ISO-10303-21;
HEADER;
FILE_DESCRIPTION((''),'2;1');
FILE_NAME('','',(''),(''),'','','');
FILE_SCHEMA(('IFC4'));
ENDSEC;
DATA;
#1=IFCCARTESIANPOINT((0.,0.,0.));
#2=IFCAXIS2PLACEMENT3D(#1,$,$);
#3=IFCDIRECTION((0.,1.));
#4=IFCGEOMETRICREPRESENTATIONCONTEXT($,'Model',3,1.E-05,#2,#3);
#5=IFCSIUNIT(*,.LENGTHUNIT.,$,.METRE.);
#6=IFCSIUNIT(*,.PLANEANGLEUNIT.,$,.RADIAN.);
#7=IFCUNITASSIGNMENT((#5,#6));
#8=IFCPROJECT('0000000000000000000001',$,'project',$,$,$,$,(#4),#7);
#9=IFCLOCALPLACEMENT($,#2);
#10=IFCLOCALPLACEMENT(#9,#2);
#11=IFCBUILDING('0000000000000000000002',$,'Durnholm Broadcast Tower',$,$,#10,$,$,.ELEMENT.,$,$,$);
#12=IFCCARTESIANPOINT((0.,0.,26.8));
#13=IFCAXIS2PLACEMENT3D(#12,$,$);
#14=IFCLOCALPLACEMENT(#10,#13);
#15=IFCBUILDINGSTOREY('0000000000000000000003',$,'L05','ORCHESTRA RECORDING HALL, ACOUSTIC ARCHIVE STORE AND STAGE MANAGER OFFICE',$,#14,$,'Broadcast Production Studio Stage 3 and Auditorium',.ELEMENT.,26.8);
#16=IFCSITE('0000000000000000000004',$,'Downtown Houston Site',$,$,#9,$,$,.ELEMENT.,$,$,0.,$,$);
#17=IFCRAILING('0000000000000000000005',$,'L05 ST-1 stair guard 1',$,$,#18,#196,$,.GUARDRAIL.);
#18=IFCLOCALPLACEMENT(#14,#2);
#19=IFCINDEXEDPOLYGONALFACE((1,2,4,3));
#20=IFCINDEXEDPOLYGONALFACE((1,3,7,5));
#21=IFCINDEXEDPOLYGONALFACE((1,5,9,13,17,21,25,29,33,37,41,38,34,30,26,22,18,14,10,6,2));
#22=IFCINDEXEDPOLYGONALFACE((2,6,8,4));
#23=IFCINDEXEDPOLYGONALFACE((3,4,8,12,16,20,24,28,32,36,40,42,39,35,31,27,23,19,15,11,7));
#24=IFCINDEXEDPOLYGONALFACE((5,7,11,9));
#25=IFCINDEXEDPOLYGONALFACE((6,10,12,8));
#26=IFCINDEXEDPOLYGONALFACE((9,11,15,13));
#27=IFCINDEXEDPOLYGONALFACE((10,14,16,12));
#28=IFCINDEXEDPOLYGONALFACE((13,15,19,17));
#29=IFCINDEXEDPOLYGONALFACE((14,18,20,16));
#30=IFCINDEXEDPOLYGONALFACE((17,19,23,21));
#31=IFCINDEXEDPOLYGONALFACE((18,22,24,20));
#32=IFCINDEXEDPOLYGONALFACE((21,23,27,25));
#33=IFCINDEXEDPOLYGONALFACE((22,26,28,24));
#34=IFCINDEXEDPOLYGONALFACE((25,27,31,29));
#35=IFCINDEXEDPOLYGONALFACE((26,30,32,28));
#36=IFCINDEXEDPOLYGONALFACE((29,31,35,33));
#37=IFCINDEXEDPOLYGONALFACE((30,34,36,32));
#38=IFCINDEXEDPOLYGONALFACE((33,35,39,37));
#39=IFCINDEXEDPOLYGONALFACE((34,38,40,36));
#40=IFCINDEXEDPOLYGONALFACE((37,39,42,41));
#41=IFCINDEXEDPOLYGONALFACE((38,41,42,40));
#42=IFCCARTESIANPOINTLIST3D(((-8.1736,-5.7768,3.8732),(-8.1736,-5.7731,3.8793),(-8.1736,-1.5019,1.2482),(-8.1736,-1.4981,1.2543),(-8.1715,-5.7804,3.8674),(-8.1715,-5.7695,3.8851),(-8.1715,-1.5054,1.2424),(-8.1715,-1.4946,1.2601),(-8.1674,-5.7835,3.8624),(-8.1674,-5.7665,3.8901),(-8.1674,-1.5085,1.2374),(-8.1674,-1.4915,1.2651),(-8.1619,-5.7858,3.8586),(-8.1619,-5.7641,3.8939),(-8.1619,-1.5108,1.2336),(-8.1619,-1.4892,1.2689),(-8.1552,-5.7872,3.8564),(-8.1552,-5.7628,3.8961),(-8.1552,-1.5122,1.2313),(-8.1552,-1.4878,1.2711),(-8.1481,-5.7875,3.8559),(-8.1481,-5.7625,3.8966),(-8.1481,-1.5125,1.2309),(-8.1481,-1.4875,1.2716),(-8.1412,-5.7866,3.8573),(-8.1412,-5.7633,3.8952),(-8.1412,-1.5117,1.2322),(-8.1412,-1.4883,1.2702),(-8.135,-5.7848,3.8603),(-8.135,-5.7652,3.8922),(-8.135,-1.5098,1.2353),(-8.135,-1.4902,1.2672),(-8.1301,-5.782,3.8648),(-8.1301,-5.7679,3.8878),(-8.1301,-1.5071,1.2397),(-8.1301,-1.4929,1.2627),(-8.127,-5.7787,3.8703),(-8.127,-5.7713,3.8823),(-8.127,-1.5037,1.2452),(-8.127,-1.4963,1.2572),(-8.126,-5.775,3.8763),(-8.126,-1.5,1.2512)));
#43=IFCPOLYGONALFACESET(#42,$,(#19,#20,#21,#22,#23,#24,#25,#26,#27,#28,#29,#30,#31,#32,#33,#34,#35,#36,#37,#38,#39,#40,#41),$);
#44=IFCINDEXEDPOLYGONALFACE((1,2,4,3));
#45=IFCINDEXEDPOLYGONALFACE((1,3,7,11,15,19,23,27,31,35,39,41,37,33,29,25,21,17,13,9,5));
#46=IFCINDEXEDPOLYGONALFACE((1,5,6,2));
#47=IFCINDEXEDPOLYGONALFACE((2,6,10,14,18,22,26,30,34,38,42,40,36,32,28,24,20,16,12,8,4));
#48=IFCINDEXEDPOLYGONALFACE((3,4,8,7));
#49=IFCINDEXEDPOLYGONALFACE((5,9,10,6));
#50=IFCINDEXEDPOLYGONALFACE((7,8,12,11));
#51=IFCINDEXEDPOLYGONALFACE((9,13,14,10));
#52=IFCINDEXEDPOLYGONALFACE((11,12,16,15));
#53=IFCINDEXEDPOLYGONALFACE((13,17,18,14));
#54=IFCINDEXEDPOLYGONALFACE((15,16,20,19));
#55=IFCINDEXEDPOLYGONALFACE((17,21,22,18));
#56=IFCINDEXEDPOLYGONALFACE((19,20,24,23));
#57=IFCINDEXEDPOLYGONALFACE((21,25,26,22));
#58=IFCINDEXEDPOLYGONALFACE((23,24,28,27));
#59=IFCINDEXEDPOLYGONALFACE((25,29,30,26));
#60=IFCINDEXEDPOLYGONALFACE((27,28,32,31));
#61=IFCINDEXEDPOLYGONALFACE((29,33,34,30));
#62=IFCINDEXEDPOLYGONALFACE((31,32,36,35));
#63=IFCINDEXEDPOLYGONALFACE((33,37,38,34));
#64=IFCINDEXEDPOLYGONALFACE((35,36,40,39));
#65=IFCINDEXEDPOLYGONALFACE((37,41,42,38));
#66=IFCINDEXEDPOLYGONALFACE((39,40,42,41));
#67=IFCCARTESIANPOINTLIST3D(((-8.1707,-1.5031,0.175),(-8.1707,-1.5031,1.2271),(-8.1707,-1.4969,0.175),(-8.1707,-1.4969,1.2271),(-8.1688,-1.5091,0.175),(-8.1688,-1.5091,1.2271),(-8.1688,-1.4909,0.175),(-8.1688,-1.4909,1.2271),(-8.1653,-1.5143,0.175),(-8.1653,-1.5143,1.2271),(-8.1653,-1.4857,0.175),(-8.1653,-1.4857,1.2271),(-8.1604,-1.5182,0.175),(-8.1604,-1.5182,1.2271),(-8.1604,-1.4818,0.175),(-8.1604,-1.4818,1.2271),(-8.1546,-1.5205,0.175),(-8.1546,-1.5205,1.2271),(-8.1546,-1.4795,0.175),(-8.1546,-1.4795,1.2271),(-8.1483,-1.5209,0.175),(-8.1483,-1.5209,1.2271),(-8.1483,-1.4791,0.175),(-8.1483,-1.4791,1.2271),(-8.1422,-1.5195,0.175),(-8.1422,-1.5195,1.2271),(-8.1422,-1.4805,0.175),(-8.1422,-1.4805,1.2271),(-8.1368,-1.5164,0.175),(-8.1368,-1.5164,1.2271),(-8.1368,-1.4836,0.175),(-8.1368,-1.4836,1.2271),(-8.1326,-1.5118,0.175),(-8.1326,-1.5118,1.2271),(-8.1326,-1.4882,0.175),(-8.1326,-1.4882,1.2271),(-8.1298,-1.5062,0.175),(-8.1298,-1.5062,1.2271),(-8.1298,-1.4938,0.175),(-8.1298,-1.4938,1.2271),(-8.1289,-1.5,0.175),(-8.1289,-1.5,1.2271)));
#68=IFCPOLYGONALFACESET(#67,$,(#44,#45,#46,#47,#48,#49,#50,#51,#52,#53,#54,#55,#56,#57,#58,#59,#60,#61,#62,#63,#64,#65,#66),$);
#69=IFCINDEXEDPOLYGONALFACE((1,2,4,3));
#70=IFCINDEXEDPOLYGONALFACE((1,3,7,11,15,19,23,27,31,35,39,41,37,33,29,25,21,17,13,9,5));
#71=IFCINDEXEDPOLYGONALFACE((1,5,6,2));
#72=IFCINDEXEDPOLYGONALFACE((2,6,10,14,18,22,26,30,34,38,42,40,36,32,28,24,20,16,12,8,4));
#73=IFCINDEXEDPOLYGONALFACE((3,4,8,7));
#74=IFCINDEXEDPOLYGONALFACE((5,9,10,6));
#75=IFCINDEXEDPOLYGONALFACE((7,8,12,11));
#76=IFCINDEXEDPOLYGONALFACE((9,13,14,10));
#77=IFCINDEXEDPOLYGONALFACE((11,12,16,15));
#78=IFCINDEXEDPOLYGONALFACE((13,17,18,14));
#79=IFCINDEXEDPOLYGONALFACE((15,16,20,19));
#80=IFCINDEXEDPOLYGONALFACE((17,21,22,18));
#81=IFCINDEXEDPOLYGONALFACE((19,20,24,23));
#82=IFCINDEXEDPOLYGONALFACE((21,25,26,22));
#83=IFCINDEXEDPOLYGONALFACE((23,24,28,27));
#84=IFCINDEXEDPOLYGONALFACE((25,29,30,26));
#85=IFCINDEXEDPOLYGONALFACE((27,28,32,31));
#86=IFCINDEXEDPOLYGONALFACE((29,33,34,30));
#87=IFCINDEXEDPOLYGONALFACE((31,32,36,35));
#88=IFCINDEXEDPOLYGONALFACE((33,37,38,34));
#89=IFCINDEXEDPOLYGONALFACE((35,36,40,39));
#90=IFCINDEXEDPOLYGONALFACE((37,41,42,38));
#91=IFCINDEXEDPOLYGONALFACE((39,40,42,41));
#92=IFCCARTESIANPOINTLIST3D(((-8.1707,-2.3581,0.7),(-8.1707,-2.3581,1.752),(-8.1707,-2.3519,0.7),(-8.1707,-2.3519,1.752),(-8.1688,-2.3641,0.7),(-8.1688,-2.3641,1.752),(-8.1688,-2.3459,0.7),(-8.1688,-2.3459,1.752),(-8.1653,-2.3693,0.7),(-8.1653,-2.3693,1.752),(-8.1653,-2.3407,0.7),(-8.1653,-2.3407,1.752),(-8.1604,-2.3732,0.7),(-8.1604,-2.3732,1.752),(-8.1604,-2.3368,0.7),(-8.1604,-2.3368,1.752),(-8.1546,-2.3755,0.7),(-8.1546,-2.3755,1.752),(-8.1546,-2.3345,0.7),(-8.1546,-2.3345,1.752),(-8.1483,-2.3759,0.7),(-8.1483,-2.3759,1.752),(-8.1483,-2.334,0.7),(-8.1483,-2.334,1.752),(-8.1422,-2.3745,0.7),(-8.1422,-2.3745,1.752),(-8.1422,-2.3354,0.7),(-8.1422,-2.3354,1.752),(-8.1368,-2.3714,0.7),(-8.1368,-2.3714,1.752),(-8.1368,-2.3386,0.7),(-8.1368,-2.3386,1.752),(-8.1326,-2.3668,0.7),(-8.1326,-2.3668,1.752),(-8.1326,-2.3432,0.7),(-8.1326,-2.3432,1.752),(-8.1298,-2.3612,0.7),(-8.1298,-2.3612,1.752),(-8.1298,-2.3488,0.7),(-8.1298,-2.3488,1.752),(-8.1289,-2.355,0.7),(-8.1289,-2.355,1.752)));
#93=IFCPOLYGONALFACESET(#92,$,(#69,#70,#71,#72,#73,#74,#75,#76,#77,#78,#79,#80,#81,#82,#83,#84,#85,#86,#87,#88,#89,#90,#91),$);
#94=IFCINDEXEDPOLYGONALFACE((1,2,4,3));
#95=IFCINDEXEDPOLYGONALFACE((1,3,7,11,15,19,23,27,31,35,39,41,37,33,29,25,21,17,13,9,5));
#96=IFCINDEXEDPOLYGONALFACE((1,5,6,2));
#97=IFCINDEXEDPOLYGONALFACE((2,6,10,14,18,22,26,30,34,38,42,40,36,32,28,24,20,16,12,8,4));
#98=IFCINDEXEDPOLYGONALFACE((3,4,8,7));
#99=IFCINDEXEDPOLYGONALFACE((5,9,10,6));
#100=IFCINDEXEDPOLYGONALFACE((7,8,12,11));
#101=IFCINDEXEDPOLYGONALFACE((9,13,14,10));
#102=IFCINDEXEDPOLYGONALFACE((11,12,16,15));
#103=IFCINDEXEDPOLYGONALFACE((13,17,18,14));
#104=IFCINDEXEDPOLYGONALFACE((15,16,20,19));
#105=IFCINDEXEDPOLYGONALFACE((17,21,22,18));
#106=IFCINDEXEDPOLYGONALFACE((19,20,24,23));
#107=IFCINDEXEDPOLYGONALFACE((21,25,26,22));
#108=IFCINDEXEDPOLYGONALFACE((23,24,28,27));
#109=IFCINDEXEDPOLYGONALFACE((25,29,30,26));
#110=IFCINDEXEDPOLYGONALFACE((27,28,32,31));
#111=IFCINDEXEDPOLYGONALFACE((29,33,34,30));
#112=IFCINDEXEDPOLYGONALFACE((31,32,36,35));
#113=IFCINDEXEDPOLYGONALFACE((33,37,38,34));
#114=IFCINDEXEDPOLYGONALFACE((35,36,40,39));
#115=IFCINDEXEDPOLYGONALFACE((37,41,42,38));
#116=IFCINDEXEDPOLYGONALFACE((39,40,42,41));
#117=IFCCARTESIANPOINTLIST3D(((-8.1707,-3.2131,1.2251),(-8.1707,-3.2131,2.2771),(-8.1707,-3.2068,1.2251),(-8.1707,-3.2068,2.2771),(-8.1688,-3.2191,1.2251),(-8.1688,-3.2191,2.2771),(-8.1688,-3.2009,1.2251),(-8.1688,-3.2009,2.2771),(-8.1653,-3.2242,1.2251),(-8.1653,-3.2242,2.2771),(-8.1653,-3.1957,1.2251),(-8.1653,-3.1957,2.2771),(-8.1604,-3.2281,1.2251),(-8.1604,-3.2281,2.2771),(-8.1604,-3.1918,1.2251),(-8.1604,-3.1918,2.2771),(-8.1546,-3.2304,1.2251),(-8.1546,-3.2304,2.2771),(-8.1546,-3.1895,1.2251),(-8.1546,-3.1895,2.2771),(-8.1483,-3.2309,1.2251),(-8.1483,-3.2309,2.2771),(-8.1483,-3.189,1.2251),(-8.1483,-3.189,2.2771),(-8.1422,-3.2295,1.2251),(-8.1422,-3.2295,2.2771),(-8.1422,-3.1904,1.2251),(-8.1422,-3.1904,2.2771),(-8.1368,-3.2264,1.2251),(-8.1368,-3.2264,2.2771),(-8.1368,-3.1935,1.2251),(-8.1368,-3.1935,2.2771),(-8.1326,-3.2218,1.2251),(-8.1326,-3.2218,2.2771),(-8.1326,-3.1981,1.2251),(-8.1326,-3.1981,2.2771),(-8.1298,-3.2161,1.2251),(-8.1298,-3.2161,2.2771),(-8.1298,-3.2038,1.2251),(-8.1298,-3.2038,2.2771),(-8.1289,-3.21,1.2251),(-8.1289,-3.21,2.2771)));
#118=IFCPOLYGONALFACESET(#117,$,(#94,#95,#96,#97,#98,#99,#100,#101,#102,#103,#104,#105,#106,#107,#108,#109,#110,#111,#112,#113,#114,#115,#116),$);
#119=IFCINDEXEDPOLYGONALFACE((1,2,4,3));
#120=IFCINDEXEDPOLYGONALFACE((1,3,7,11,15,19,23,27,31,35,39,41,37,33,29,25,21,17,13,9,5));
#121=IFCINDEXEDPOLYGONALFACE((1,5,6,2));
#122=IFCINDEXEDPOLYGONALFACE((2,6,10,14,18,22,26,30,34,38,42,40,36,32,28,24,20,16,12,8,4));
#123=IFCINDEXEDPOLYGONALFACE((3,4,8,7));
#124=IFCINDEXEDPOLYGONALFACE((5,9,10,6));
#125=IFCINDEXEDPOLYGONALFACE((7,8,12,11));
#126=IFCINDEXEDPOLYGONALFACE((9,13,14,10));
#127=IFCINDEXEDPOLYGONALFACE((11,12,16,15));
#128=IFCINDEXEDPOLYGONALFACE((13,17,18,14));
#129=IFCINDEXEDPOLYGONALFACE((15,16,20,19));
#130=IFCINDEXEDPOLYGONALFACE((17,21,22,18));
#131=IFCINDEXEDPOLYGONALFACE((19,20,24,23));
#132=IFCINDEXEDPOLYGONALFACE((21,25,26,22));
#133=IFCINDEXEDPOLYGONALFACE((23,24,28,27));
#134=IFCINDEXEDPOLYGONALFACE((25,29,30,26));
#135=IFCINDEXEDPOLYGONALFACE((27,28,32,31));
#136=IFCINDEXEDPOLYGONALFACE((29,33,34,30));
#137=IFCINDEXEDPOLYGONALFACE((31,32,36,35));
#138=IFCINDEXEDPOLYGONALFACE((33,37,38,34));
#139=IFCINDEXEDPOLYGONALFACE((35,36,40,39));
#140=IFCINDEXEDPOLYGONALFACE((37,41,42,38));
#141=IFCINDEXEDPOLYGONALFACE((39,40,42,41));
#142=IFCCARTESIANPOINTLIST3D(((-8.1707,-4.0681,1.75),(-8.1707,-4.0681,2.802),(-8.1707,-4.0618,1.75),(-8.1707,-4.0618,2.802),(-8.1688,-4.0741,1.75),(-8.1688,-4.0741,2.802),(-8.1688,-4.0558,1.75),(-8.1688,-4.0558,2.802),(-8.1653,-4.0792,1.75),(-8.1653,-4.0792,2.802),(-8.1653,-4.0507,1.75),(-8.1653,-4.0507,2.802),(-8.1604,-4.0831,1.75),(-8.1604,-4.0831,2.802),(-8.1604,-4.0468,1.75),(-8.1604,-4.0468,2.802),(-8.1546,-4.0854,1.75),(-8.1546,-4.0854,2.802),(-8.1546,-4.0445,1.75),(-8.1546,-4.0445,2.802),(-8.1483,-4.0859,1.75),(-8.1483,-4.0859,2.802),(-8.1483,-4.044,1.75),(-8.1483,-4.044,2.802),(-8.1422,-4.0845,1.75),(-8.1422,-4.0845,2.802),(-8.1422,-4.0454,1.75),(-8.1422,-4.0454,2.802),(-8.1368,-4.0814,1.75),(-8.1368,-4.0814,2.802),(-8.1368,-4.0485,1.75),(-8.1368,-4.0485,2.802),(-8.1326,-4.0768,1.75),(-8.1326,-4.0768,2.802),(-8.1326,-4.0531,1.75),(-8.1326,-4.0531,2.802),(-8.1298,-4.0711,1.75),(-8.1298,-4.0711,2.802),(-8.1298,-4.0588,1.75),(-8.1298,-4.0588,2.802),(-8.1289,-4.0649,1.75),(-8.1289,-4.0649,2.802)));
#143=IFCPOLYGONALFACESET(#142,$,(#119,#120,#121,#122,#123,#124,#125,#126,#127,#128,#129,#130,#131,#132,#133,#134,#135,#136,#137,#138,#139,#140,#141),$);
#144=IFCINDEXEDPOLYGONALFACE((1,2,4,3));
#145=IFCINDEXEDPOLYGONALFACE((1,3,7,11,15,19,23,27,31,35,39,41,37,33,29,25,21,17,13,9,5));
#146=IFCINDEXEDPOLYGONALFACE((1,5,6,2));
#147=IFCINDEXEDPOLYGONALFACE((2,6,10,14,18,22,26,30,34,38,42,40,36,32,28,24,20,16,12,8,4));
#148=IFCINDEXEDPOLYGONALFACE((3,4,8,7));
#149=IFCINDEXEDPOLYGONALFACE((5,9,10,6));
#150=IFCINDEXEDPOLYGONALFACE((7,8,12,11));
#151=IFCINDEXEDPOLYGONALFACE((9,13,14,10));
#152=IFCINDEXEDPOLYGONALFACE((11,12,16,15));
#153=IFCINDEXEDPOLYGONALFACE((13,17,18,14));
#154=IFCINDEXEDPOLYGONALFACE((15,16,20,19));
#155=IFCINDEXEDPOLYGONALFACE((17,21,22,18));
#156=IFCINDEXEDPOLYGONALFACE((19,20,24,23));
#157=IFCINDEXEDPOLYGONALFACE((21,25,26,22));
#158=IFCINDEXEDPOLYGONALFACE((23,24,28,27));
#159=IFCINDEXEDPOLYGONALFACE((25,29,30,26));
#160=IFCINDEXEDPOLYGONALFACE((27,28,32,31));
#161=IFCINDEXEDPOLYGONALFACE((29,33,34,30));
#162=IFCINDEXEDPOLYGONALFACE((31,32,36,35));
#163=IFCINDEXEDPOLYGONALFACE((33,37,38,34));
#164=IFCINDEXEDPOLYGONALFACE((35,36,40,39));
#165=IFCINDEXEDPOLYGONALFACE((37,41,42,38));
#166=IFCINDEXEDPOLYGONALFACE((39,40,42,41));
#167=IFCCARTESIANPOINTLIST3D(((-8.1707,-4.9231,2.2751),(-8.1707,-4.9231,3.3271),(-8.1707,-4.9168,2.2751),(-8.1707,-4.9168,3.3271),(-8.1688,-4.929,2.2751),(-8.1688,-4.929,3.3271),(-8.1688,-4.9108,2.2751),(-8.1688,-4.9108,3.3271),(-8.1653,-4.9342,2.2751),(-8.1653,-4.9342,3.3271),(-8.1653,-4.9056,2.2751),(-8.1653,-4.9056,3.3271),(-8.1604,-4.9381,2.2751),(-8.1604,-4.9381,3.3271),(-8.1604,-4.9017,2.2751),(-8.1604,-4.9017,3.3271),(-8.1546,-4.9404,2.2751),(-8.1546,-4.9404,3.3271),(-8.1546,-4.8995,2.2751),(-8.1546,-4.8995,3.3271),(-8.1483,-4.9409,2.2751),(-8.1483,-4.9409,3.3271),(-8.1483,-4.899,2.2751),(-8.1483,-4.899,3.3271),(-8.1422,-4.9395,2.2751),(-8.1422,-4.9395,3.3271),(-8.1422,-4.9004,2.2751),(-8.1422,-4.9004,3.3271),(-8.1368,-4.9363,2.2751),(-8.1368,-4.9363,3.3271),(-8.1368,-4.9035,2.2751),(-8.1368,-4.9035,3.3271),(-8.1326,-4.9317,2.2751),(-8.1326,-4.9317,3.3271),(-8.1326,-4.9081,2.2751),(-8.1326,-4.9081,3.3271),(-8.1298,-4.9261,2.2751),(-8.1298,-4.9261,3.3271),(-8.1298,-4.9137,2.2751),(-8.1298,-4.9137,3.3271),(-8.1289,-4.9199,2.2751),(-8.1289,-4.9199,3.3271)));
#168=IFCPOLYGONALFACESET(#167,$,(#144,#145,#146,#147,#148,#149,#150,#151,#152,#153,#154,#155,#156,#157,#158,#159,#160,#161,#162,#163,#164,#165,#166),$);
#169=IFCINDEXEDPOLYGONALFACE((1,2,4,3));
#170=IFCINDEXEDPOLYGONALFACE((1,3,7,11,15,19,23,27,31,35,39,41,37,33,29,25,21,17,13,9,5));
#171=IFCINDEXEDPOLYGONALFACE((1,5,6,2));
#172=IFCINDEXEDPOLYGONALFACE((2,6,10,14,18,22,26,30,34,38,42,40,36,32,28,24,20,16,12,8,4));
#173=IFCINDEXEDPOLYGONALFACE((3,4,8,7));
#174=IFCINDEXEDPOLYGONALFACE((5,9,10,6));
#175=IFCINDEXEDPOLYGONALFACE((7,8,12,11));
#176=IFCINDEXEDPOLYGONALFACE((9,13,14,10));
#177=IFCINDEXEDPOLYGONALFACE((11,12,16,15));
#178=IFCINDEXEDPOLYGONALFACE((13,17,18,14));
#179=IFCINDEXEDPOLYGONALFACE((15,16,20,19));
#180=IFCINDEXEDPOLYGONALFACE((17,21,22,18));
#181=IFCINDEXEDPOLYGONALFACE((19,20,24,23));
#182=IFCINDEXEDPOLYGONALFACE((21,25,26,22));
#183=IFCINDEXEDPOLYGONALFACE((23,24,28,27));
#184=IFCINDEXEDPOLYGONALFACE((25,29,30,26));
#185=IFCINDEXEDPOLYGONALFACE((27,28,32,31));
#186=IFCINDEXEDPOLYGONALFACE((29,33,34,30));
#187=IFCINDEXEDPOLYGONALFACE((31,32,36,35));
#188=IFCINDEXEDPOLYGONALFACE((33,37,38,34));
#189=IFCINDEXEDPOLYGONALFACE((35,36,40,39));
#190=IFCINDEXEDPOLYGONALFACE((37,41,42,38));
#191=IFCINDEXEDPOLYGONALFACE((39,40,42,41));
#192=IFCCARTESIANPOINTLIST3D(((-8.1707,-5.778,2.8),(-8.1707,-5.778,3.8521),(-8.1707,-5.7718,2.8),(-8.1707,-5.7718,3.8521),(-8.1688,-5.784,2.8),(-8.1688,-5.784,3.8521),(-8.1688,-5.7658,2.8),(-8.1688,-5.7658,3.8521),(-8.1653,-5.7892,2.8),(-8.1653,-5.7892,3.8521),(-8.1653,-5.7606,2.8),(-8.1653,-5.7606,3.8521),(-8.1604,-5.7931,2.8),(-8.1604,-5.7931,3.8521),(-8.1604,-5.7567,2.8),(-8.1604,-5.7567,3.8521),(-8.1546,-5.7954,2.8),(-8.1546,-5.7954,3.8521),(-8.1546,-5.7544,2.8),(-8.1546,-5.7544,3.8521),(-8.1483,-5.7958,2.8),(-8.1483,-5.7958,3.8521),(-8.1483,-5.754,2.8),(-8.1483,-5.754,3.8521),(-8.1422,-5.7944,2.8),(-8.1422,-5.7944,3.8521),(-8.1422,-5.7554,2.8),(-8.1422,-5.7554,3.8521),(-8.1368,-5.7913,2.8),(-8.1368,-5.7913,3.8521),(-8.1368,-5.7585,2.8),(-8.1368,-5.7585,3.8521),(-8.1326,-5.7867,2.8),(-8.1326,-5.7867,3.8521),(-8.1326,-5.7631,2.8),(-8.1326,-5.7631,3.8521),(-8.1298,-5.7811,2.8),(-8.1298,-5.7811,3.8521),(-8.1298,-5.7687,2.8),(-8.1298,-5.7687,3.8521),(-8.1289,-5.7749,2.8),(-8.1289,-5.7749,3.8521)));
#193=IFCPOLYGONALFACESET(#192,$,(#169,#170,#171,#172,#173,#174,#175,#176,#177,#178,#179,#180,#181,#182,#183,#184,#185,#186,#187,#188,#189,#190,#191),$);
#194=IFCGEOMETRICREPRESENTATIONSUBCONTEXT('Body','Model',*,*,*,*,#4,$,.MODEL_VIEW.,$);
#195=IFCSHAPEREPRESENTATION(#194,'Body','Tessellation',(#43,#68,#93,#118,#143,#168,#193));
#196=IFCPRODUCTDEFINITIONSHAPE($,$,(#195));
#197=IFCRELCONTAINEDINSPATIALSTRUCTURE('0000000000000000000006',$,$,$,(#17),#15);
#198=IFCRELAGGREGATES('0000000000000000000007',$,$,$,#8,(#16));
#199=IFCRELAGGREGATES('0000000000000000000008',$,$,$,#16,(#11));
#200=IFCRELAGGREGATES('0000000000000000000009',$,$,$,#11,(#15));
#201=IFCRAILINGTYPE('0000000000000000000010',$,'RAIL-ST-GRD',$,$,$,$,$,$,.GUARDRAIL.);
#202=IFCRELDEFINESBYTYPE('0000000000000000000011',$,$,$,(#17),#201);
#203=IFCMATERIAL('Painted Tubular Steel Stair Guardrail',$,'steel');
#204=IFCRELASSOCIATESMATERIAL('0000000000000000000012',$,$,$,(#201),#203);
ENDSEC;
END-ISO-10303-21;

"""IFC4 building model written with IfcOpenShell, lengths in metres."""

from ifc_helpers import new_model, si_unit, direction, frame, origin, origin_2d, place, context, subcontext, project, spatial, circle, extrude, material, type_object, element, save


model = new_model("IFC4")

# Units and contexts
model_context = context("Model", 3, precision=1e-05, world=origin(), true_north=direction((0.0, 1.0)))
body_context = subcontext(model_context, "Body", "Model", "MODEL_VIEW")
ifc_project = project(units=[si_unit("LENGTHUNIT", "METRE"), si_unit("PLANEANGLEUNIT", "RADIAN")], contexts=[model_context])

# Site, building, storey
site_placement = place(None, origin())
site = spatial("IfcSite", under=ifc_project, at=site_placement, Name="Downtown Houston Site", CompositionType="ELEMENT", RefElevation=0.0)
building_placement = place(site_placement, origin())
building = spatial("IfcBuilding", under=site, at=building_placement, Name="Durnholm Broadcast Tower", CompositionType="ELEMENT")
storey_placement = place(building_placement, frame((0.0, 0.0, 26.8)))
storey = spatial("IfcBuildingStorey", under=building, at=storey_placement, Name="L05", Description="ORCHESTRA RECORDING HALL, ACOUSTIC ARCHIVE STORE AND STAGE MANAGER OFFICE", LongName="Broadcast Production Studio Stage 3 and Auditorium", CompositionType="ELEMENT", Elevation=26.8)

# Railing
ifc_material_1 = material(Name="Painted Tubular Steel Stair Guardrail", Category="steel")
railing_type_1 = type_object("IfcRailingType", Name="RAIL-ST-GRD", PredefinedType="GUARDRAIL", material=ifc_material_1)
railing_1_placement = place(storey_placement, frame((-8.1499, -1.5, 0.175)))
element("IfcRailing", 1, at=railing_1_placement, inside=storey, type_object=railing_type_1, Name="L05 ST-1 stair guard 1", PredefinedType="GUARDRAIL", context=body_context, shape_type="SweptSolid", body=[
    extrude(circle(Radius=0.0239, at=origin_2d()), frame((0.0, 0.0, 1.0762), z_axis=(0.0, -0.852166, 0.523272), x_axis=(1.0, 0.0, 0.0)), (0.0, 0.0, 1.0), 5.0166),
    extrude(circle(Radius=0.021, at=origin_2d()), origin(), (0.0, 0.0, 1.0), 1.052),
    extrude(circle(Radius=0.021, at=origin_2d()), frame((0.0, -0.855, 0.5249)), (0.0, 0.0, 1.0), 1.052),
    extrude(circle(Radius=0.021, at=origin_2d()), frame((0.0, -1.71, 1.05)), (0.0, 0.0, 1.0), 1.052),
    extrude(circle(Radius=0.021, at=origin_2d()), frame((0.0, -2.5649, 1.575)), (0.0, 0.0, 1.0), 1.052),
    extrude(circle(Radius=0.021, at=origin_2d()), frame((0.0, -3.4199, 2.1001)), (0.0, 0.0, 1.0), 1.052),
    extrude(circle(Radius=0.021, at=origin_2d()), frame((0.0, -4.2749, 2.625)), (0.0, 0.0, 1.0), 1.052),
])

save(model, "model.ifc")
